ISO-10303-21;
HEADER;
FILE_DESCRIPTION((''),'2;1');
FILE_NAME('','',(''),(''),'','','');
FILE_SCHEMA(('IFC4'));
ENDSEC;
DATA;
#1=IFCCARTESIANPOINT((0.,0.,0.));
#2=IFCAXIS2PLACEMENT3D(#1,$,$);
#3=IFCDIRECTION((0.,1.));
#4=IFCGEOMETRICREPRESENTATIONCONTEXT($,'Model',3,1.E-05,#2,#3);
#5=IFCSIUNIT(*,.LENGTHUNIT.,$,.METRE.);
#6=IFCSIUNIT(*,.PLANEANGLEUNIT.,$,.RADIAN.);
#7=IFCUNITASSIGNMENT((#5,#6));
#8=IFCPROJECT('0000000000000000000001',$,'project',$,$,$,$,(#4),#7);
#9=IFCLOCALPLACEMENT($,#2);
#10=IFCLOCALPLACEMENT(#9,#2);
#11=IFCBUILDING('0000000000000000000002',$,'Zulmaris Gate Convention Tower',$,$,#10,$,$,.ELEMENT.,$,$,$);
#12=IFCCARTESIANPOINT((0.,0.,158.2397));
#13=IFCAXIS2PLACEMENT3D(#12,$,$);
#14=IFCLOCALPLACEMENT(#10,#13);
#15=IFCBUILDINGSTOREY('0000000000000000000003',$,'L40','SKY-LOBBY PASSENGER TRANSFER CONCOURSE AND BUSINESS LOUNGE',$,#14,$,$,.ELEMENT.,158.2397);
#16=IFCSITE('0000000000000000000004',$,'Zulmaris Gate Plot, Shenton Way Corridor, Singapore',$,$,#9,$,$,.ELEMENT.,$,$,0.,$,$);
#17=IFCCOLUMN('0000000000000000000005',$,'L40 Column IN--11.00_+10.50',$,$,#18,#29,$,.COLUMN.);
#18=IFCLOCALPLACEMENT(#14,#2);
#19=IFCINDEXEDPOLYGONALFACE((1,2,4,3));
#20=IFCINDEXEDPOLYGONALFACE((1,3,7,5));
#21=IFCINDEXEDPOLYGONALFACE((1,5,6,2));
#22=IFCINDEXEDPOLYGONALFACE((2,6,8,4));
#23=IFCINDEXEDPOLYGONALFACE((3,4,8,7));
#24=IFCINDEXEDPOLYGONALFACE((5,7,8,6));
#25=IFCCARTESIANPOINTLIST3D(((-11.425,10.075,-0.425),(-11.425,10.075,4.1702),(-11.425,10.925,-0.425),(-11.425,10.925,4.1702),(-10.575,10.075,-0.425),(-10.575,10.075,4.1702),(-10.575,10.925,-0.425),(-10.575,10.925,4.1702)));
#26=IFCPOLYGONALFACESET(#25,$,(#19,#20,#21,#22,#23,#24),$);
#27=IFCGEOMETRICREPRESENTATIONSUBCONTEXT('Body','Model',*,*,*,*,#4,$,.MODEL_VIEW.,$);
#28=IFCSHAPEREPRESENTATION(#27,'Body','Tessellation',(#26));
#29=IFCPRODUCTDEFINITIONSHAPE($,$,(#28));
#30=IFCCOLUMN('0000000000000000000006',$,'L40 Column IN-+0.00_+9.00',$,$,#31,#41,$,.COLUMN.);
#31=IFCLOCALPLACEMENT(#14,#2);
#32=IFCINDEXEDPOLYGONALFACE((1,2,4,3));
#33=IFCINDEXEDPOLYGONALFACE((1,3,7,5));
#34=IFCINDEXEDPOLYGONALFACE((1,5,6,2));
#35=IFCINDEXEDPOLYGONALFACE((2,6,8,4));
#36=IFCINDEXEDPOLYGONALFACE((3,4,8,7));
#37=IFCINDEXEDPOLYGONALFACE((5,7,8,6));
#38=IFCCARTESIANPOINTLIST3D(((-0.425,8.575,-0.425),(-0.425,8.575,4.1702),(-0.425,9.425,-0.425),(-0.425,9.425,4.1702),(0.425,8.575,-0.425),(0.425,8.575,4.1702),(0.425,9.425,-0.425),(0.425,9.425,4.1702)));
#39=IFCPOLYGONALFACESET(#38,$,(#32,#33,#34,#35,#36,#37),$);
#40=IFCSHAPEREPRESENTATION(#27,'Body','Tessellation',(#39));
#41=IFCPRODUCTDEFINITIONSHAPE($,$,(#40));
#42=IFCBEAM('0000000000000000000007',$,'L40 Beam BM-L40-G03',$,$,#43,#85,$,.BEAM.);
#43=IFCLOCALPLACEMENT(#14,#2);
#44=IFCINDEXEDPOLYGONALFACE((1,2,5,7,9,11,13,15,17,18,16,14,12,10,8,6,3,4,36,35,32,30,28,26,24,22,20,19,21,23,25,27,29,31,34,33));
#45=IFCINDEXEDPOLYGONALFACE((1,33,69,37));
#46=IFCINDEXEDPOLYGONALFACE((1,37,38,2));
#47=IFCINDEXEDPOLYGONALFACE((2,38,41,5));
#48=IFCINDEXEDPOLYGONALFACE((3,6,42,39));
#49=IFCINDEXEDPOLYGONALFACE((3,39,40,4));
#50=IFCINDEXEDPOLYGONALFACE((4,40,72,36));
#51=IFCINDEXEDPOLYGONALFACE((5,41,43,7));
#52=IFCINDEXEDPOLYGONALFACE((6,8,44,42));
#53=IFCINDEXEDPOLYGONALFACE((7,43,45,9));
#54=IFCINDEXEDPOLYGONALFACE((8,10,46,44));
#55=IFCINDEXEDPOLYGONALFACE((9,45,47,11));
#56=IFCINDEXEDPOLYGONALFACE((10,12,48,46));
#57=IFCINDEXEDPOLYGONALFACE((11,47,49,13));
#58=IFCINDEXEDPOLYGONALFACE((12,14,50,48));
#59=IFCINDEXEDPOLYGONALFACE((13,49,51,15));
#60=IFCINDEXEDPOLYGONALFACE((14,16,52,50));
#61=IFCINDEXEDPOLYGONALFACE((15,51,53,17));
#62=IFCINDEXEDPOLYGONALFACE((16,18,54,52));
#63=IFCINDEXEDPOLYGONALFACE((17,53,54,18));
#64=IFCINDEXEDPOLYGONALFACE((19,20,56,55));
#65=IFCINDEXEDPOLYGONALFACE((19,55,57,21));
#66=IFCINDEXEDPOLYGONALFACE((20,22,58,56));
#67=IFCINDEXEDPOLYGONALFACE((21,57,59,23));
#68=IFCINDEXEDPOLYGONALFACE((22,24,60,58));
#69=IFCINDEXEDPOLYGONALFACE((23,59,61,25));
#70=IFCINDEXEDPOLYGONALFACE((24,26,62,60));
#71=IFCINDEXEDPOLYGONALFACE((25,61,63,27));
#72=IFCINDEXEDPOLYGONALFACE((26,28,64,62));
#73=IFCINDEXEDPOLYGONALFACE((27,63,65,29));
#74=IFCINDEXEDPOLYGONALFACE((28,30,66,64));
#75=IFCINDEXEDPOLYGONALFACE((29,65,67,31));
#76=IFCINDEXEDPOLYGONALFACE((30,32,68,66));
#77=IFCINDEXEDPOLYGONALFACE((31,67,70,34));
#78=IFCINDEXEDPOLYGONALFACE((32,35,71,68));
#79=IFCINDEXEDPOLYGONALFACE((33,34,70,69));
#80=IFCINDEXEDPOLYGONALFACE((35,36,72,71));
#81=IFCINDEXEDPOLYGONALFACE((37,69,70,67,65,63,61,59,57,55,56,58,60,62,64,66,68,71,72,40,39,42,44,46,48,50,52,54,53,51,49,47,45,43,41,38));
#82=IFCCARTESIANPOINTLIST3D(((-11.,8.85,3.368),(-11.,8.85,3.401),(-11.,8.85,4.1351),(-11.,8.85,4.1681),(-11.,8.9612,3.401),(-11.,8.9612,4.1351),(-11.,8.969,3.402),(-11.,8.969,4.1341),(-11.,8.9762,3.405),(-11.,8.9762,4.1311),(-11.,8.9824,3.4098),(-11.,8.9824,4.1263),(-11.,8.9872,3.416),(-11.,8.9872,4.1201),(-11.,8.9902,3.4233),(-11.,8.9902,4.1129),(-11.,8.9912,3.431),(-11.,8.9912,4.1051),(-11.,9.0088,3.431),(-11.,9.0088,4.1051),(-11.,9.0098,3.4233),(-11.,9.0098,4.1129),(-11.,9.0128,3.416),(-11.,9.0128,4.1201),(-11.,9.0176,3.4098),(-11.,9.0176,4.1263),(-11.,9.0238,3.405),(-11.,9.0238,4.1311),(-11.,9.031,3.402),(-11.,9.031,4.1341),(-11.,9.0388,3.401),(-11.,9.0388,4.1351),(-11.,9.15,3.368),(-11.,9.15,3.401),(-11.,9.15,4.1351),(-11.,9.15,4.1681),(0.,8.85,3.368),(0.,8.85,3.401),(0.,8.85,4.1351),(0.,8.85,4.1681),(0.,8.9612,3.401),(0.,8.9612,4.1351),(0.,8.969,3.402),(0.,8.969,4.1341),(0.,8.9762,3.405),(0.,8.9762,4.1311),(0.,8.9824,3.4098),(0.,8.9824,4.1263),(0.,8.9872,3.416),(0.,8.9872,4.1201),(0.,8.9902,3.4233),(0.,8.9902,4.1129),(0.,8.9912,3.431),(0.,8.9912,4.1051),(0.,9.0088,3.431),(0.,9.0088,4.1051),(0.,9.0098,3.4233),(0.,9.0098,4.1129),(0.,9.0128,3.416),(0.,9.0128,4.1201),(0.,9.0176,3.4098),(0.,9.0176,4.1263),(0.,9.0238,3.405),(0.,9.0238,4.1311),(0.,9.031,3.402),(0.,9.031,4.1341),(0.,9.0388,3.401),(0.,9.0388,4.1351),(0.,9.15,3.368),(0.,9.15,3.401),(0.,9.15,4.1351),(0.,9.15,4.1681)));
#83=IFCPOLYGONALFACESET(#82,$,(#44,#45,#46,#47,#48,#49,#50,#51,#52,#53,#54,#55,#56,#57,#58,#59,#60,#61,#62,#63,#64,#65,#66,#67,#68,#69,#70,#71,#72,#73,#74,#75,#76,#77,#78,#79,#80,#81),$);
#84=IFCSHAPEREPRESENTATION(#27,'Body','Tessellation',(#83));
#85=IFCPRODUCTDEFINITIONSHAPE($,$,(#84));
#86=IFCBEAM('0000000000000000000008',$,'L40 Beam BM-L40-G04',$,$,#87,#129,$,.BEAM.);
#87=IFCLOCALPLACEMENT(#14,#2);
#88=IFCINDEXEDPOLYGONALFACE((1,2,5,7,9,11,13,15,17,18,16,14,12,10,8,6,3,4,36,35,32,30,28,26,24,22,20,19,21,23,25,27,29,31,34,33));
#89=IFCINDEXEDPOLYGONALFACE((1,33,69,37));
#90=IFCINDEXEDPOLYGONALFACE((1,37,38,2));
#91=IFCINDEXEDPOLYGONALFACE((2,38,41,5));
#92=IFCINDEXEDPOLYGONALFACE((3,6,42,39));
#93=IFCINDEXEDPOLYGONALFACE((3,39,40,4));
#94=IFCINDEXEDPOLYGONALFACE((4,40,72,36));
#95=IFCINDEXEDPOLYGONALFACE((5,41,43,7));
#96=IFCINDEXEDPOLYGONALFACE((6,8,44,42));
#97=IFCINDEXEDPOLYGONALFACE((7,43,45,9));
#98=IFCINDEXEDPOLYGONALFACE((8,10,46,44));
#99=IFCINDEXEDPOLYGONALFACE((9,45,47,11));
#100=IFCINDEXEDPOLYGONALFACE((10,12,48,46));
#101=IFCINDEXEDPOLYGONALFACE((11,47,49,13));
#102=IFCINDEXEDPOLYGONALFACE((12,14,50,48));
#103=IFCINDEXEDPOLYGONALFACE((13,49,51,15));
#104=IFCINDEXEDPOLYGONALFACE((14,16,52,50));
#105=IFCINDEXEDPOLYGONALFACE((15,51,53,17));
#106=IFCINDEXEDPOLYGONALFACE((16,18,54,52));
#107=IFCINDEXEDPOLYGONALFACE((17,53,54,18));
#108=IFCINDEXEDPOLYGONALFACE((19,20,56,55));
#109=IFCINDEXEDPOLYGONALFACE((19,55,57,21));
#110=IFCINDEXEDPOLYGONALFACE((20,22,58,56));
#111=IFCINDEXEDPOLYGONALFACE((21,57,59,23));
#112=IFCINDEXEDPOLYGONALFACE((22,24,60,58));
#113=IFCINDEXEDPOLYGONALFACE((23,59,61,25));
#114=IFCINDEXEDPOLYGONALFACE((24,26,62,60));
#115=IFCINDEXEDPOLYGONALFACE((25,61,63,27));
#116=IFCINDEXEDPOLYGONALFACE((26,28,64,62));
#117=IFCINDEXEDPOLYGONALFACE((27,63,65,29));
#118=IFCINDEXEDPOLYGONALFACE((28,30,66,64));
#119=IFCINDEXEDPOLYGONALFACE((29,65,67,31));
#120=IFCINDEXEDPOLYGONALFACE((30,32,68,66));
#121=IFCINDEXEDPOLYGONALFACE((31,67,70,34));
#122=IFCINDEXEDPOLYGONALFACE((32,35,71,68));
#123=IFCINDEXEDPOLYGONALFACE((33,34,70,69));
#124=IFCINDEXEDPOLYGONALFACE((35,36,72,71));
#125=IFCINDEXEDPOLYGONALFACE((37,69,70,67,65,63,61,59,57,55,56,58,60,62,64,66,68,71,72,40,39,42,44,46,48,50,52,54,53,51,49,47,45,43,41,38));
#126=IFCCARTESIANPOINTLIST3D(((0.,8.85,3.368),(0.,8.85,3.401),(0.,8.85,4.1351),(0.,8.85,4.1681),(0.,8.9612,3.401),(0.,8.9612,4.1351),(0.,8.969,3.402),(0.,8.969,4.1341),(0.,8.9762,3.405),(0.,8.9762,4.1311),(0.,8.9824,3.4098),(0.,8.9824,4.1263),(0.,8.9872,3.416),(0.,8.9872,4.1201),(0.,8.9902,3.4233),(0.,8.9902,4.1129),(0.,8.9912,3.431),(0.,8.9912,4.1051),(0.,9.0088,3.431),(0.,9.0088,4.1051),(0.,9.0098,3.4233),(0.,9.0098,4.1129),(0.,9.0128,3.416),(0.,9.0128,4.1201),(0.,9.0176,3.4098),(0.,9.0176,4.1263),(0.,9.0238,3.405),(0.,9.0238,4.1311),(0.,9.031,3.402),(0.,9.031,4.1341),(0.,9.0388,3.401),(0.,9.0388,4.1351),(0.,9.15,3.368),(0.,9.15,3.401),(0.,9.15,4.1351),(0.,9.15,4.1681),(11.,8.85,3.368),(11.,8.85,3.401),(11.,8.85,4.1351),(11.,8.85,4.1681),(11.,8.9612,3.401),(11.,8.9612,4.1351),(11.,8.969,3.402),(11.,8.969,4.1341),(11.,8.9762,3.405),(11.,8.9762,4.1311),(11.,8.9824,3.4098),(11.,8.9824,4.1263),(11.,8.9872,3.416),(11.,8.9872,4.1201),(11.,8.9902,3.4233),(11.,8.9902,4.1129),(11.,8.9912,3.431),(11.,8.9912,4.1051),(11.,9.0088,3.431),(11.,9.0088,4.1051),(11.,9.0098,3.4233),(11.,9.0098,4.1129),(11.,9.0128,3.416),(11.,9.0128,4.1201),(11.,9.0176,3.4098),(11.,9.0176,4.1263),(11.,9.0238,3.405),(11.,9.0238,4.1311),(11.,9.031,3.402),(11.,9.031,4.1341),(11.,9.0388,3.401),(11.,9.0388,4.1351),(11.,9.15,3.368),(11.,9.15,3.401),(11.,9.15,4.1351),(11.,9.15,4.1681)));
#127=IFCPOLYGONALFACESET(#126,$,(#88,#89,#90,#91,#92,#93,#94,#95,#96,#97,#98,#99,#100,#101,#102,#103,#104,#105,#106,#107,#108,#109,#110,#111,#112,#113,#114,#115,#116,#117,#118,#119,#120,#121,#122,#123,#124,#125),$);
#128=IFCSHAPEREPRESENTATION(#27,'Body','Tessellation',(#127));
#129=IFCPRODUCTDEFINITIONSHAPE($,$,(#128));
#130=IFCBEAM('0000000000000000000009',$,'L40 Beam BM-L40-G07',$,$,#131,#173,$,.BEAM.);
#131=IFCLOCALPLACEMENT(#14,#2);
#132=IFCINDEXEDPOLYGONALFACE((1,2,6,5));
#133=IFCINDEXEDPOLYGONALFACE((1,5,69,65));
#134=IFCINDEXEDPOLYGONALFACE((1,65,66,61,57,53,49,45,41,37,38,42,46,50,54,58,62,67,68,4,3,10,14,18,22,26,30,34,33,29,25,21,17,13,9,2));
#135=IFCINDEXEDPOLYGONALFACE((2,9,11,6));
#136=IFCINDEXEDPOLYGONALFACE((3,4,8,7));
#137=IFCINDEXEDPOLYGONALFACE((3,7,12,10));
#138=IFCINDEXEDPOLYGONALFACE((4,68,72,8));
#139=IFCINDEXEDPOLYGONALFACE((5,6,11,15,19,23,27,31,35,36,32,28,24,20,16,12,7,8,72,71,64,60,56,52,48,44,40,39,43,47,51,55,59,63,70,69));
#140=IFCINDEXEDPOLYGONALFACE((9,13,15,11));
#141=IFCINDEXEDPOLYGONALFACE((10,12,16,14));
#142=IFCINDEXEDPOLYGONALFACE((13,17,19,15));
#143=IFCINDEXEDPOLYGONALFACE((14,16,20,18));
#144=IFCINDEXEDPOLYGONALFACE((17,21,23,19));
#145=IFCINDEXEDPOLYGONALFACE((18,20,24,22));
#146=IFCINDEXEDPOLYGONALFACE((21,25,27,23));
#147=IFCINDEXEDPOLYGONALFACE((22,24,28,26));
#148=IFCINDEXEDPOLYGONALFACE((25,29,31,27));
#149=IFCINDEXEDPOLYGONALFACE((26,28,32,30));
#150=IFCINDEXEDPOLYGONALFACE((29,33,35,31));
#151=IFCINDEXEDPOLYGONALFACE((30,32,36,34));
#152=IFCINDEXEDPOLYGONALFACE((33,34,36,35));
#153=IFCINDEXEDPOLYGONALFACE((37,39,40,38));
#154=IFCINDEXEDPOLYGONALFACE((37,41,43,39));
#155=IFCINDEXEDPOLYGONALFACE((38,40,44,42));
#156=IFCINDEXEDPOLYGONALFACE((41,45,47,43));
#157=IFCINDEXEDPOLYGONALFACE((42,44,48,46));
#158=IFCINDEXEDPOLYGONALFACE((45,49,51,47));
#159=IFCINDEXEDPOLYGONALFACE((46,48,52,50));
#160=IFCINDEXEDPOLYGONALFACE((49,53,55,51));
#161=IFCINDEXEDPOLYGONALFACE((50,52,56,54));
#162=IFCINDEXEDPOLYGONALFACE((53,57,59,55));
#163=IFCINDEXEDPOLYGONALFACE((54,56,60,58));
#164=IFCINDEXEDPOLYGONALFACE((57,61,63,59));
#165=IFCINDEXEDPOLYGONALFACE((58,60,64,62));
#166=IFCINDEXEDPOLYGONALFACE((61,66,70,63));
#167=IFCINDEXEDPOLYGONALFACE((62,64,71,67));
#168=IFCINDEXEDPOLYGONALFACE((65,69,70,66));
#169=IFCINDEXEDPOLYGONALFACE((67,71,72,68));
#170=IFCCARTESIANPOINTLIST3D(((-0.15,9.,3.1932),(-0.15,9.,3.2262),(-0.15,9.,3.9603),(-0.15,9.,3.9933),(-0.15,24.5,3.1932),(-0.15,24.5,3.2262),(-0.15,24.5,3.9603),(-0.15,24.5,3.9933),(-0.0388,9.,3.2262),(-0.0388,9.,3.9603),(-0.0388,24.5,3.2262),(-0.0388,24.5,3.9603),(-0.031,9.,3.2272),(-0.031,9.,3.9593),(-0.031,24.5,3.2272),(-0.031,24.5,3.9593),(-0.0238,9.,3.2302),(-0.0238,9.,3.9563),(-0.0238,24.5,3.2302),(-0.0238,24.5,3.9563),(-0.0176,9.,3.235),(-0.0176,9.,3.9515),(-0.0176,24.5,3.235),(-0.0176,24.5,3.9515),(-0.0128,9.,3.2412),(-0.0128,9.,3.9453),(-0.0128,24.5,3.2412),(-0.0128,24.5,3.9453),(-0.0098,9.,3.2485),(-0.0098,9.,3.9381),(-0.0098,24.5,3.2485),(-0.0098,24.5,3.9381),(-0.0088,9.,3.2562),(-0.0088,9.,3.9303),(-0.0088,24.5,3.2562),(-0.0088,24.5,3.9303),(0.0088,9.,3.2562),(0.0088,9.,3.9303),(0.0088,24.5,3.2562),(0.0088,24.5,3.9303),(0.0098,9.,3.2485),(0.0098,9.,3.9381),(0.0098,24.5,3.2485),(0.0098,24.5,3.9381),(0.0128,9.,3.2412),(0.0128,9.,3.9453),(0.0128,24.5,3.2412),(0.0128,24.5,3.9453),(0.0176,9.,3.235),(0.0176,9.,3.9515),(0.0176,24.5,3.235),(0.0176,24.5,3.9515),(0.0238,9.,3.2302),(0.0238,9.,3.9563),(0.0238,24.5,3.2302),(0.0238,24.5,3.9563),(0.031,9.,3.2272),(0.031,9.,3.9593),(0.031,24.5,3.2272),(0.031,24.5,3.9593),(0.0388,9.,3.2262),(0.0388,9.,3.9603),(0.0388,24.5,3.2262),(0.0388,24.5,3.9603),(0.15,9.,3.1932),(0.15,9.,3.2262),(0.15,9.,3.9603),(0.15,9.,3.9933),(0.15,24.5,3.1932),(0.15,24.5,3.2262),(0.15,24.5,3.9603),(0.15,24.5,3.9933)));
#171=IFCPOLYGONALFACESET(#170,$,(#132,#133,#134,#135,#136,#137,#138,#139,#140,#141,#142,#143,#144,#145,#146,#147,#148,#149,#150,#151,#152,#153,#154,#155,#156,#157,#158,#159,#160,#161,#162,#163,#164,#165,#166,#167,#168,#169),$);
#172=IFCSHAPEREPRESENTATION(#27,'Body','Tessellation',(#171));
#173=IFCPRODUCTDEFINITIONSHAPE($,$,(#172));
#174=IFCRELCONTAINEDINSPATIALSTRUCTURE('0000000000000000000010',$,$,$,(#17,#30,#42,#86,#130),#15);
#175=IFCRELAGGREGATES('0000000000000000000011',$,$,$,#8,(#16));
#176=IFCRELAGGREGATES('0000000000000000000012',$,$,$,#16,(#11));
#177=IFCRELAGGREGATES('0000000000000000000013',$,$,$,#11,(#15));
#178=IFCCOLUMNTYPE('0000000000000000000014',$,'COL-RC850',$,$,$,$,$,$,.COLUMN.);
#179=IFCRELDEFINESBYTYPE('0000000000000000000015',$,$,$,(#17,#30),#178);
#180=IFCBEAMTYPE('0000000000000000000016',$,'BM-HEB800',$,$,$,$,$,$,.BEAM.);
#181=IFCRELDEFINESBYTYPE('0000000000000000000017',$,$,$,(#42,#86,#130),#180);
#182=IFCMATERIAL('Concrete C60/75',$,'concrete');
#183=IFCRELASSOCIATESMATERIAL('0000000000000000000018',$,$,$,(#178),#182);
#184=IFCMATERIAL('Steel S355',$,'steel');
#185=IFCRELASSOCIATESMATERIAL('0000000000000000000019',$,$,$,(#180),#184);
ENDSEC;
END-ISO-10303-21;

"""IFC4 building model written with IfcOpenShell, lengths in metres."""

from ifc_helpers import new_model, si_unit, direction, frame, origin, origin_2d, place, context, subcontext, project, spatial, rectangle, i_section, extrude, material, material_profile, profile_set, type_object, element, save


model = new_model("IFC4")

# Units and contexts
model_context = context("Model", 3, precision=1e-05, world=origin(), true_north=direction((0.0, 1.0)))
body_context = subcontext(model_context, "Body", "Model", "MODEL_VIEW")
ifc_project = project(units=[si_unit("LENGTHUNIT", "METRE"), si_unit("PLANEANGLEUNIT", "RADIAN")], contexts=[model_context])

# Site, building, storey
site_placement = place(None, origin())
site = spatial("IfcSite", under=ifc_project, at=site_placement, Name="Zulmaris Gate Plot, Shenton Way Corridor, Singapore", CompositionType="ELEMENT", RefElevation=0.0)
building_placement = place(site_placement, origin())
building = spatial("IfcBuilding", under=site, at=building_placement, Name="Zulmaris Gate Convention Tower", CompositionType="ELEMENT")
storey_placement = place(building_placement, frame((0.0, 0.0, 158.2397)))
storey = spatial("IfcBuildingStorey", under=building, at=storey_placement, Name="L40", Description="SKY-LOBBY PASSENGER TRANSFER CONCOURSE AND BUSINESS LOUNGE", CompositionType="ELEMENT", Elevation=158.2397)

# Columns
ifc_material_1 = material(Name="Concrete C60/75", Category="concrete")
ifc_material_profile_1 = material_profile(ifc_material_1, rectangle(XDim=0.8501, YDim=0.8501, at=origin_2d()), Name="RC COL 850x850")
ifc_profile_set_1 = profile_set([ifc_material_profile_1], Name="Concrete C60/75")
column_type = type_object("IfcColumnType", Name="COL-RC850", PredefinedType="COLUMN", material=ifc_profile_set_1)
for number, where, z_axis, x_axis, name in (
    (1, (-11.0, 10.5, -0.425), (0.0, 0.0, 1.0), (1.0, 0.0, 0.0), "L40 Column IN--11.00_+10.50"),
    (2, (0.0, 9.0, -0.425), (0.0, 0.0, 1.0), (1.0, 0.0, 0.0), "L40 Column IN-+0.00_+9.00"),
):
    element("IfcColumn", number, at=place(storey_placement, frame(where, z_axis=z_axis, x_axis=x_axis)), inside=storey, type_object=column_type, Name=name, PredefinedType="COLUMN", context=body_context, shape_type="SweptSolid", body=[
        extrude(rectangle(XDim=0.8501, YDim=0.8501, at=origin_2d()), origin(), (0.0, 0.0, 1.0), 4.5952),
    ])

# Beams
ifc_material_2 = material(Name="Steel S355", Category="steel")
ifc_material_profile_2 = material_profile(ifc_material_2, i_section(OverallWidth=0.3, OverallDepth=0.8, WebThickness=0.0176, FlangeThickness=0.033, FilletRadius=0.03, at=origin_2d()), Name="HEB 800")
ifc_profile_set_2 = profile_set([ifc_material_profile_2], Name="Steel S355")
beam_type_1 = type_object("IfcBeamType", Name="BM-HEB800", PredefinedType="BEAM", material=ifc_profile_set_2)
for number, where, z_axis, x_axis, name in (
    (3, (-11.0, 9.0, 3.7681), (1.0, 0.0, 0.0), (0.0, 1.0, 0.0), "L40 Beam BM-L40-G03"),
    (4, (0.0, 9.0, 3.7681), (1.0, 0.0, 0.0), (0.0, 1.0, 0.0), "L40 Beam BM-L40-G04"),
):
    element("IfcBeam", number, at=place(storey_placement, frame(where, z_axis=z_axis, x_axis=x_axis)), inside=storey, type_object=beam_type_1, Name=name, PredefinedType="BEAM", context=body_context, shape_type="SweptSolid", body=[
        extrude(i_section(OverallWidth=0.3, OverallDepth=0.8, WebThickness=0.0176, FlangeThickness=0.033, FilletRadius=0.03, at=origin_2d()), origin(), (0.0, 0.0, 1.0), 11.0),
    ])
beam_1_placement = place(storey_placement, frame((0.0, 9.0, 3.5933), z_axis=(0.0, 1.0, 0.0), x_axis=(-1.0, 0.0, 0.0)))
element("IfcBeam", 5, at=beam_1_placement, inside=storey, type_object=beam_type_1, Name="L40 Beam BM-L40-G07", PredefinedType="BEAM", context=body_context, shape_type="SweptSolid", body=[
    extrude(i_section(OverallWidth=0.3, OverallDepth=0.8, WebThickness=0.0176, FlangeThickness=0.033, FilletRadius=0.03, at=origin_2d()), origin(), (0.0, 0.0, 1.0), 15.5),
])

save(model, "model.ifc")
